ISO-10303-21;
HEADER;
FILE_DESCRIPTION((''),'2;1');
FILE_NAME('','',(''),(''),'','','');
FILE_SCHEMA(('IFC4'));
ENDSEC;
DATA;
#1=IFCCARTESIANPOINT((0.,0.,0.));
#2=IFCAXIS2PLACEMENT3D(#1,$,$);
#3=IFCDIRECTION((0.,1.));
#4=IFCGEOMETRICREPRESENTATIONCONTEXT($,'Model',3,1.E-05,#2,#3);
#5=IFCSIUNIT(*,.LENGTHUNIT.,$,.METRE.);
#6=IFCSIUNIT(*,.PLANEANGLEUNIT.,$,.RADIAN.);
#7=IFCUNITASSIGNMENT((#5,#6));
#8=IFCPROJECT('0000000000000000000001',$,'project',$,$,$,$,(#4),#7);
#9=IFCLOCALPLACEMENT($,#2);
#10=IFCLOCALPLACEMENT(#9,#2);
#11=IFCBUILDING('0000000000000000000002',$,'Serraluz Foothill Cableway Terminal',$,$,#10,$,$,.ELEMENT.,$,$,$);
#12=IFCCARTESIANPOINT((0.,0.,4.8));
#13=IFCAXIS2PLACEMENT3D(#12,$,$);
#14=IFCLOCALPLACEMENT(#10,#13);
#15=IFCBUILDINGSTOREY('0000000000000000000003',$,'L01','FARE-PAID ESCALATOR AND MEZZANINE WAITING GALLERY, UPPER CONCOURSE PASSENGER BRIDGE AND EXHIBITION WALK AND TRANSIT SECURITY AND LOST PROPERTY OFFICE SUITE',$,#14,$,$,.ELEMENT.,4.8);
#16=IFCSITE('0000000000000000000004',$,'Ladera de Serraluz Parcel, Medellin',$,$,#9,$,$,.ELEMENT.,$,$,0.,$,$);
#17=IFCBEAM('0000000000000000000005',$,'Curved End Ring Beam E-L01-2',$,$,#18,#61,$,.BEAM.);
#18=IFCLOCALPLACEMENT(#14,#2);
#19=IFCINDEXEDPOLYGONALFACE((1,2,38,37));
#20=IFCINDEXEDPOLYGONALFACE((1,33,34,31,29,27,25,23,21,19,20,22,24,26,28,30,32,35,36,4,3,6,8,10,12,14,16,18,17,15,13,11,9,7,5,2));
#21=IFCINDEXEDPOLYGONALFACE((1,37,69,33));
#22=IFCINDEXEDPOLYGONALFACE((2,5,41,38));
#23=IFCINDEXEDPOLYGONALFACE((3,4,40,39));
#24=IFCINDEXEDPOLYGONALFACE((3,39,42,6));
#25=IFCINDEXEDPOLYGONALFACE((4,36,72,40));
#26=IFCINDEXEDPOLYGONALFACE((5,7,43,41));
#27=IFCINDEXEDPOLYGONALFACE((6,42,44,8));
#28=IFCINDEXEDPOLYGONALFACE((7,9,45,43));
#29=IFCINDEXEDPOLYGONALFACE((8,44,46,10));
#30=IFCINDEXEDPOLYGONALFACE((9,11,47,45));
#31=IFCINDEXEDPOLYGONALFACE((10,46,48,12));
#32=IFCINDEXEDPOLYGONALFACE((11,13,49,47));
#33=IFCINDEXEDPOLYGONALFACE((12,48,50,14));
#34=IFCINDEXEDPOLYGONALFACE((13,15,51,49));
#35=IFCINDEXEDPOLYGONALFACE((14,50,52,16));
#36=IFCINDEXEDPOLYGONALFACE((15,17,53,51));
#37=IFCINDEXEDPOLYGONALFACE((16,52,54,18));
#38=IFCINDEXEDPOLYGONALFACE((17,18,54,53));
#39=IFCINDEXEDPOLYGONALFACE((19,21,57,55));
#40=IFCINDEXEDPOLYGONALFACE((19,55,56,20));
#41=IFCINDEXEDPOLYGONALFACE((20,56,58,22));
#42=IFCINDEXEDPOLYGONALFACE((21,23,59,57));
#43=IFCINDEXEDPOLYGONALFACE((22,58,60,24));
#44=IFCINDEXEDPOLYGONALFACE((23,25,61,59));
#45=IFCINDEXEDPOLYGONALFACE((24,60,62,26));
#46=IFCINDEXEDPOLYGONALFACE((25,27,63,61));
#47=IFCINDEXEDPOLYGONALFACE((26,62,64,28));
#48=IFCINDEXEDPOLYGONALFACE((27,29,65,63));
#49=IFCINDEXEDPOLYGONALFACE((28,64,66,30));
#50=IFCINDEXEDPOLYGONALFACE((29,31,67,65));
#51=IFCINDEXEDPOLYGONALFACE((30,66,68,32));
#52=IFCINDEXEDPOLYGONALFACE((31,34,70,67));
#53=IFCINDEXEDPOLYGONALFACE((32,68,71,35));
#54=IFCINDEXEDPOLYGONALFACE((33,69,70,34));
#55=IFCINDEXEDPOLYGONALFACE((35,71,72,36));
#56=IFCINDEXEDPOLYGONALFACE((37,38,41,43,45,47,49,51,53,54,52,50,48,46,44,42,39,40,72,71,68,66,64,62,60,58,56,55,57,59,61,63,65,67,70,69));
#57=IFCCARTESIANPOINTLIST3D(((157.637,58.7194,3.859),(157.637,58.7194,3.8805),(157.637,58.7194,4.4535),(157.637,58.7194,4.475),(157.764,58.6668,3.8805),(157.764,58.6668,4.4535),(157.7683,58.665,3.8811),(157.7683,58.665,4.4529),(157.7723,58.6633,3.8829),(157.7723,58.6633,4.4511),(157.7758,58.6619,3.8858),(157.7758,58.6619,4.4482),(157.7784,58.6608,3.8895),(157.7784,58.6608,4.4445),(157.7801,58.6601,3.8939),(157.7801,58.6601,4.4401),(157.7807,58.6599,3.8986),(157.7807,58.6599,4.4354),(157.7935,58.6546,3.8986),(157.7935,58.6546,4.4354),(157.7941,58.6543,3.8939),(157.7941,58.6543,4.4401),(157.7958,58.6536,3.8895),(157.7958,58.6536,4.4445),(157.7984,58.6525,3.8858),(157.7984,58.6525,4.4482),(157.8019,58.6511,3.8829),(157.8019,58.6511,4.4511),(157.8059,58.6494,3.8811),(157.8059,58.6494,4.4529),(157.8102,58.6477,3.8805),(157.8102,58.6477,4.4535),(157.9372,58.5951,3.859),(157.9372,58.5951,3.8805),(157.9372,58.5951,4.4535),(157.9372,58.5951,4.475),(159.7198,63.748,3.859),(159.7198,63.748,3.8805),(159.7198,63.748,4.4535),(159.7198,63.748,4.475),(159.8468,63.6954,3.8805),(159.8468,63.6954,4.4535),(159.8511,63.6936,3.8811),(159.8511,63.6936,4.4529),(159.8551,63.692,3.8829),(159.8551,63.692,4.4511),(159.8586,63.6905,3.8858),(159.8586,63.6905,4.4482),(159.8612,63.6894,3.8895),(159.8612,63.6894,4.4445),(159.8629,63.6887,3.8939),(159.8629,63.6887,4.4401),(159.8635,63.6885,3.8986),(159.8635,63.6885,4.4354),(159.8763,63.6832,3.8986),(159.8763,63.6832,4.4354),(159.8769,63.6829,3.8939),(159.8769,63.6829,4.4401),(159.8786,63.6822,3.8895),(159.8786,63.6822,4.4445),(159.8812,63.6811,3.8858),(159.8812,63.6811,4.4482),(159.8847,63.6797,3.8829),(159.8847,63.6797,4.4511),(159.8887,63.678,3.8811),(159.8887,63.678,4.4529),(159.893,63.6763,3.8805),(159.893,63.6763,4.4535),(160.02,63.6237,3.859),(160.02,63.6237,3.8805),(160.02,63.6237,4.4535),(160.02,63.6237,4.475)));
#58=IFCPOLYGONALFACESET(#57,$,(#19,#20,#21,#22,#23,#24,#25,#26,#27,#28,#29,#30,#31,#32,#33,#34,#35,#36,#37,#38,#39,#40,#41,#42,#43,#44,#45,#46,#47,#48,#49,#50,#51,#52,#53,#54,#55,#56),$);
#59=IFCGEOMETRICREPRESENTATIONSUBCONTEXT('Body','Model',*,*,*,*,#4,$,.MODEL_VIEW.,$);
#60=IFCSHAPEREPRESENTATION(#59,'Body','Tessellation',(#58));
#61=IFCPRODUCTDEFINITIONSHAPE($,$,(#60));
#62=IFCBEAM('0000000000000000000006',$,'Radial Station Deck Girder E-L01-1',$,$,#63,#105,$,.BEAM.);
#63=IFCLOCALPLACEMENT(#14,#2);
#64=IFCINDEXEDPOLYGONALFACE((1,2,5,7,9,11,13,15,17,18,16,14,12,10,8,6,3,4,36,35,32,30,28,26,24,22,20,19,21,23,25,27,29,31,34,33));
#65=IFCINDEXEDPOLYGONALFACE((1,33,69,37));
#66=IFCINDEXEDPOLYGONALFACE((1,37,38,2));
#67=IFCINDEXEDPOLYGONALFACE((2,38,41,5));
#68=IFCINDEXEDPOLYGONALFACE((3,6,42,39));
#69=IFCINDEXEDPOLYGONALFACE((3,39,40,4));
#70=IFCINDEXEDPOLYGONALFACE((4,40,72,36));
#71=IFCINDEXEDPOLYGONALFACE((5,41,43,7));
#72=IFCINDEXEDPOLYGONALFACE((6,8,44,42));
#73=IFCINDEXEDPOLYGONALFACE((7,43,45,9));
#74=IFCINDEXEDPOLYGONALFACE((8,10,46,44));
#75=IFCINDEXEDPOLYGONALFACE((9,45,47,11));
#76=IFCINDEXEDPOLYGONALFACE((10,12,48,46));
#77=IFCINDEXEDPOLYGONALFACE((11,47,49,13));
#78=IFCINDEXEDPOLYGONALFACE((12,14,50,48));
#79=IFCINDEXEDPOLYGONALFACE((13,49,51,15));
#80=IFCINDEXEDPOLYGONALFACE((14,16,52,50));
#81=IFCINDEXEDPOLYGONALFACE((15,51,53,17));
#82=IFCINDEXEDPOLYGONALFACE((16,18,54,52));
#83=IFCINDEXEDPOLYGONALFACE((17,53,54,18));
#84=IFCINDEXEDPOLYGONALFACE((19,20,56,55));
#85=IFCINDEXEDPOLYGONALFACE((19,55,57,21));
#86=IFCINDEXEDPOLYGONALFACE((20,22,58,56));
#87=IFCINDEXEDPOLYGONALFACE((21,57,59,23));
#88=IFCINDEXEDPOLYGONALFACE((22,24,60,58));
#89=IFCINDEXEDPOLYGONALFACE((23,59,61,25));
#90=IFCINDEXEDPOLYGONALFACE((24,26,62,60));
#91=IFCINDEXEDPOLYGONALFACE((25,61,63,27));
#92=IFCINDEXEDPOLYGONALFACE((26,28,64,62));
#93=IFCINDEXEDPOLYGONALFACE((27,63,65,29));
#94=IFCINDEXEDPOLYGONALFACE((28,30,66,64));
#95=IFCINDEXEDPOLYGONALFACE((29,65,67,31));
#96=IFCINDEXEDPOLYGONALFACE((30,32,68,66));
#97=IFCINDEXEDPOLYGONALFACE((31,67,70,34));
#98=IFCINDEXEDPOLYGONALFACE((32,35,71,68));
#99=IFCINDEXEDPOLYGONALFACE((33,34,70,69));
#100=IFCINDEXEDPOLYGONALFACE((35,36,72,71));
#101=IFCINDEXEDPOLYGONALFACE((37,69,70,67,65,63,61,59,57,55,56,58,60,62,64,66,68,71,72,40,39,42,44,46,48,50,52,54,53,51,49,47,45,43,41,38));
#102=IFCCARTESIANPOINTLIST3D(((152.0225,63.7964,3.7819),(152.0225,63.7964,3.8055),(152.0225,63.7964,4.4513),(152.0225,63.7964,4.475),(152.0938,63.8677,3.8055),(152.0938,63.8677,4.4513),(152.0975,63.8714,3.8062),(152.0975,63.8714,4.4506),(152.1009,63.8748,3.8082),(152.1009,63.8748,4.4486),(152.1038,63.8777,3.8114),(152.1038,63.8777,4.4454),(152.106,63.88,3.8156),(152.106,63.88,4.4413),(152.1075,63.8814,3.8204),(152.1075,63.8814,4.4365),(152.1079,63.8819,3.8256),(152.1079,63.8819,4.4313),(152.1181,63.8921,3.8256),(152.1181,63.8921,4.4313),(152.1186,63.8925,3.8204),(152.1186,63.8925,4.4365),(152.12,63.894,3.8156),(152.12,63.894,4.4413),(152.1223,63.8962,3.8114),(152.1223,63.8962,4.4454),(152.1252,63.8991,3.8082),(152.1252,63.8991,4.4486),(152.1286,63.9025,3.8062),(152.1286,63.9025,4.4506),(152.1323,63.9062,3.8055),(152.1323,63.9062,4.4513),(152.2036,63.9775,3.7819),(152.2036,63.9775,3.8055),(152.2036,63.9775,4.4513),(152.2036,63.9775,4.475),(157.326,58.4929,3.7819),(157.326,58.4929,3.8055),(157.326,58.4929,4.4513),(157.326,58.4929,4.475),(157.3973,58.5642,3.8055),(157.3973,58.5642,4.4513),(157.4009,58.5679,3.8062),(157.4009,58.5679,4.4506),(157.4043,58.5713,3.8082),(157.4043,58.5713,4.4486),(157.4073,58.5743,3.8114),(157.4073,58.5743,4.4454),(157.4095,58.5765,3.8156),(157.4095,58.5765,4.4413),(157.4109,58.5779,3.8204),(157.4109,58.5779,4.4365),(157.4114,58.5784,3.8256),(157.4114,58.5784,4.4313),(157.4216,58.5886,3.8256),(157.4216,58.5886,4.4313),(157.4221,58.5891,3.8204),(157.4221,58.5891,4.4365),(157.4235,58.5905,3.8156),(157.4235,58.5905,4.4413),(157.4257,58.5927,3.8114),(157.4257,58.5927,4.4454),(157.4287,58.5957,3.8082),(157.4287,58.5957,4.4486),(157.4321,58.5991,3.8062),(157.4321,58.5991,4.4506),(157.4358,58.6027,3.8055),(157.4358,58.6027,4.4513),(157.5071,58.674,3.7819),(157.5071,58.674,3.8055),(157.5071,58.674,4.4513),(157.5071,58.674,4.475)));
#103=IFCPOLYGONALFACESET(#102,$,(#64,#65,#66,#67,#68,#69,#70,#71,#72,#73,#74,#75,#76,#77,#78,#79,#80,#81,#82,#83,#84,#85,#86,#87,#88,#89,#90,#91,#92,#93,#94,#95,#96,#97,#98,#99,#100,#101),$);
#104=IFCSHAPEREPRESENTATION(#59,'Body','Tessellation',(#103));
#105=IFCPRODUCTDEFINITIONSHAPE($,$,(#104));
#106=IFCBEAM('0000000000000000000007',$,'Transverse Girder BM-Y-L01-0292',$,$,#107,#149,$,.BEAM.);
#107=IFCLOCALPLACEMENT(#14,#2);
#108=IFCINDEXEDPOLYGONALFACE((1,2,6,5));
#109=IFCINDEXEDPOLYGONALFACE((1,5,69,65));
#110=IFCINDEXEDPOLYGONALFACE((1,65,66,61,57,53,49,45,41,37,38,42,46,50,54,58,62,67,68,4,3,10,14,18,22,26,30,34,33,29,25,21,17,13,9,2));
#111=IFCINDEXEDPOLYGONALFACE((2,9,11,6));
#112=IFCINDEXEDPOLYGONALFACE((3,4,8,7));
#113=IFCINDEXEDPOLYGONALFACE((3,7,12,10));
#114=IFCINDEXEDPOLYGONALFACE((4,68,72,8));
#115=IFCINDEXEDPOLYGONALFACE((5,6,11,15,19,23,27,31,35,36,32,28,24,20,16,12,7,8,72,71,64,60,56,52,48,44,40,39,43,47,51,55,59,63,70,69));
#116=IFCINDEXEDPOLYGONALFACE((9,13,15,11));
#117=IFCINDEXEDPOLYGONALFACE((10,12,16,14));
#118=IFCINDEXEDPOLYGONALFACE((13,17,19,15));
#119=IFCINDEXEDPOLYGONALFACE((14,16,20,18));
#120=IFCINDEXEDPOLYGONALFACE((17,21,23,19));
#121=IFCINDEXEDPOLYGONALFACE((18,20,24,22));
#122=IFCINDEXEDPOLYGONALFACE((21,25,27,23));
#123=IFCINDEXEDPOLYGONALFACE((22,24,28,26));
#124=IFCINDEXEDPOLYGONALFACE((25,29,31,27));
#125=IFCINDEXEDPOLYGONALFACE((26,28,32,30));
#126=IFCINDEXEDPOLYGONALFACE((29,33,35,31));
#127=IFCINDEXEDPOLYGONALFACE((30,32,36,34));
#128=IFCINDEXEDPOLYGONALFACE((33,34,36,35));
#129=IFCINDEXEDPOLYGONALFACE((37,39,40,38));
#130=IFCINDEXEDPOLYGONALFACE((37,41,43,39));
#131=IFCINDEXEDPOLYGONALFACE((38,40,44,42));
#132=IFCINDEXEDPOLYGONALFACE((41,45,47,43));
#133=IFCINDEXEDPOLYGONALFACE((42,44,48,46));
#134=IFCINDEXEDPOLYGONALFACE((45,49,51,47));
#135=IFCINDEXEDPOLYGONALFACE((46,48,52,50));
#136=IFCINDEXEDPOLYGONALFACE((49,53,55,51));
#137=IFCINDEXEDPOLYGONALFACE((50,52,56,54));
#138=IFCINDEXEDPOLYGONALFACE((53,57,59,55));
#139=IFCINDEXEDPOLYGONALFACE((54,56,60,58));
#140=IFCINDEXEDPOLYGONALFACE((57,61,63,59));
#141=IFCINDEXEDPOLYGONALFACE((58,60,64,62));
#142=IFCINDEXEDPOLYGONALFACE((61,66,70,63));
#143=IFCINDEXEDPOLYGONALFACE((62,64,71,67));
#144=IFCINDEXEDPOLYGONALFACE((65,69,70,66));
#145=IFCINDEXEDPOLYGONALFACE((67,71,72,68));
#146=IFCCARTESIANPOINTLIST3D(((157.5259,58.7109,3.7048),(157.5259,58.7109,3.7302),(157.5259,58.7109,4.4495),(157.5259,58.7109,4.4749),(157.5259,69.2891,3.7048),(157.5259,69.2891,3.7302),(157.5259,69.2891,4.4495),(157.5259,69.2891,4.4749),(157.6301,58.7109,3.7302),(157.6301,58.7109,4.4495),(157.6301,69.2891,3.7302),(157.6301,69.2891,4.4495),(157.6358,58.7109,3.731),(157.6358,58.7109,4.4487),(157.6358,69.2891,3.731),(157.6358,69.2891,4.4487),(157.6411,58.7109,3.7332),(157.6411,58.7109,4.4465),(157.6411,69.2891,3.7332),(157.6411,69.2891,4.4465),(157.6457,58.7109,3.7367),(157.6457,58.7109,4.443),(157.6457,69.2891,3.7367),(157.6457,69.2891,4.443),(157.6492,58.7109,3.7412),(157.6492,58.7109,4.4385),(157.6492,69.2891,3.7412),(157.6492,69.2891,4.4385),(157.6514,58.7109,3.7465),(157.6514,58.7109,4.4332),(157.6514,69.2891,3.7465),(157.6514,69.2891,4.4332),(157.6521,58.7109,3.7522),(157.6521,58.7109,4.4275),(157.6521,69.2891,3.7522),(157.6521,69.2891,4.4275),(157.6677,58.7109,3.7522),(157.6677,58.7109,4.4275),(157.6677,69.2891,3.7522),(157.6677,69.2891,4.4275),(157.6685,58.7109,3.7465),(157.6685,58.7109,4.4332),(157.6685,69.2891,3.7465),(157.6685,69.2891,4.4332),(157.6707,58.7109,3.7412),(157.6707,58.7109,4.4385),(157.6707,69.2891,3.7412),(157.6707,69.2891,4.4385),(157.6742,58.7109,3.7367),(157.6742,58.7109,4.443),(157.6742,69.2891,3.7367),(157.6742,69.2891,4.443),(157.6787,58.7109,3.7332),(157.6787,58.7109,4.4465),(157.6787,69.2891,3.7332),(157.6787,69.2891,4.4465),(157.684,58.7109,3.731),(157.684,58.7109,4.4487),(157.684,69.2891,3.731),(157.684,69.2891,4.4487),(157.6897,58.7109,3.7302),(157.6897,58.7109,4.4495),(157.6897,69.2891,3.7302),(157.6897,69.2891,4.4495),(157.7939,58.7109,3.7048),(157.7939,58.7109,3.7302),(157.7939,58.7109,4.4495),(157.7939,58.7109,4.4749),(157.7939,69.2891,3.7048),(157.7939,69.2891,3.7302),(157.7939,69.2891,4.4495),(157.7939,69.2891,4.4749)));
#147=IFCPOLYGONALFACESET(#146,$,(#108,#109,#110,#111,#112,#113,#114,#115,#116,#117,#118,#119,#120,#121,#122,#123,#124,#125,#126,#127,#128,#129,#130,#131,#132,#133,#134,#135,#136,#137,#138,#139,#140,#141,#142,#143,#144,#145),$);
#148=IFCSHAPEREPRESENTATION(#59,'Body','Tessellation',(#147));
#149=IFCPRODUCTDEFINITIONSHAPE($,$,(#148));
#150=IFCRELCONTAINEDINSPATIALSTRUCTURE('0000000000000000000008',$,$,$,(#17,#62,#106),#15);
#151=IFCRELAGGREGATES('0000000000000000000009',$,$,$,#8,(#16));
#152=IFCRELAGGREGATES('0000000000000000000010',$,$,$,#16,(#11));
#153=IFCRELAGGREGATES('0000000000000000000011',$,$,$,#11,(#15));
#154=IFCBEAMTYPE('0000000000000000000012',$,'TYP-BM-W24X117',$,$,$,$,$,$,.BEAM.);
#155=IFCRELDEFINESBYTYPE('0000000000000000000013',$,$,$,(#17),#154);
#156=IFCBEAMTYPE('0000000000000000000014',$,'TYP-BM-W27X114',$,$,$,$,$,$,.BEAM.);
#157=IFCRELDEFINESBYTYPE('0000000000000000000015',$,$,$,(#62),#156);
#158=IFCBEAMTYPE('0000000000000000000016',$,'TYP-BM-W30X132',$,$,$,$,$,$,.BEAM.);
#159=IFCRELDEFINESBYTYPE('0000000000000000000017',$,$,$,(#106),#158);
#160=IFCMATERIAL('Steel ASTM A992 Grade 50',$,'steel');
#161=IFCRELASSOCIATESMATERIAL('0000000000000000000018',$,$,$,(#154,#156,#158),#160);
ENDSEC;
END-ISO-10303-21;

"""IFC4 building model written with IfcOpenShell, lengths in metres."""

from ifc_helpers import new_model, si_unit, direction, frame, origin, origin_2d, place, context, subcontext, project, spatial, i_section, extrude, material, material_profile, profile_set, type_object, element, save


model = new_model("IFC4")

# Units and contexts
model_context = context("Model", 3, precision=1e-05, world=origin(), true_north=direction((0.0, 1.0)))
body_context = subcontext(model_context, "Body", "Model", "MODEL_VIEW")
ifc_project = project(units=[si_unit("LENGTHUNIT", "METRE"), si_unit("PLANEANGLEUNIT", "RADIAN")], contexts=[model_context])

# Site, building, storey
site_placement = place(None, origin())
site = spatial("IfcSite", under=ifc_project, at=site_placement, Name="Ladera de Serraluz Parcel, Medellin", CompositionType="ELEMENT", RefElevation=0.0)
building_placement = place(site_placement, origin())
building = spatial("IfcBuilding", under=site, at=building_placement, Name="Serraluz Foothill Cableway Terminal", CompositionType="ELEMENT")
storey_placement = place(building_placement, frame((0.0, 0.0, 4.8)))
storey = spatial("IfcBuildingStorey", under=building, at=storey_placement, Name="L01", Description="FARE-PAID ESCALATOR AND MEZZANINE WAITING GALLERY, UPPER CONCOURSE PASSENGER BRIDGE AND EXHIBITION WALK AND TRANSIT SECURITY AND LOST PROPERTY OFFICE SUITE", CompositionType="ELEMENT", Elevation=4.8)

# Beams
ifc_material_1 = material(Name="Steel ASTM A992 Grade 50", Category="steel")
ifc_material_profile_1 = material_profile(ifc_material_1, i_section(OverallWidth=0.325, OverallDepth=0.616, WebThickness=0.0139, FlangeThickness=0.0215, FilletRadius=0.0181, at=origin_2d()), Name="W24X117")
ifc_profile_set_1 = profile_set([ifc_material_profile_1], Name="Steel ASTM A992 Grade 50")
beam_type_1 = type_object("IfcBeamType", Name="TYP-BM-W24X117", PredefinedType="BEAM", material=ifc_profile_set_1)
for number, where, z_axis, x_axis, name in (
    (1, (157.7871, 58.6572, 4.167), (0.382662, 0.923888, 0.0), (-0.923888, 0.382662, 0.0), "Curved End Ring Beam E-L01-2"),
):
    element("IfcBeam", number, at=place(storey_placement, frame(where, z_axis=z_axis, x_axis=x_axis)), inside=storey, type_object=beam_type_1, Name=name, PredefinedType="BEAM", context=body_context, shape_type="SweptSolid", body=[
        extrude(i_section(OverallWidth=0.325, OverallDepth=0.616, WebThickness=0.0139, FlangeThickness=0.0215, FilletRadius=0.0181, at=origin_2d()), origin(), (0.0, 0.0, 1.0), 5.4429),
    ])
ifc_material_profile_2 = material_profile(ifc_material_1, i_section(OverallWidth=0.2561, OverallDepth=0.6931, WebThickness=0.0144, FlangeThickness=0.0237, FilletRadius=0.02, at=origin_2d()), Name="W27X114")
ifc_profile_set_2 = profile_set([ifc_material_profile_2], Name="Steel ASTM A992 Grade 50")
beam_type_2 = type_object("IfcBeamType", Name="TYP-BM-W27X114", PredefinedType="BEAM", material=ifc_profile_set_2)
beam_1_placement = place(storey_placement, frame((152.113, 63.887, 4.1284), z_axis=(0.707107, -0.707107, 0.0), x_axis=(0.707107, 0.707107, 0.0)))
element("IfcBeam", 2, at=beam_1_placement, inside=storey, type_object=beam_type_2, Name="Radial Station Deck Girder E-L01-1", PredefinedType="BEAM", context=body_context, shape_type="SweptSolid", body=[
    extrude(i_section(OverallWidth=0.2561, OverallDepth=0.6931, WebThickness=0.0144, FlangeThickness=0.0237, FilletRadius=0.02, at=origin_2d()), origin(), (0.0, 0.0, 1.0), 7.5002),
])
ifc_material_profile_3 = material_profile(ifc_material_1, i_section(OverallWidth=0.2681, OverallDepth=0.77, WebThickness=0.0156, FlangeThickness=0.0254, FilletRadius=0.022, at=origin_2d()), Name="W30X132")
ifc_profile_set_3 = profile_set([ifc_material_profile_3], Name="Steel ASTM A992 Grade 50")
beam_type_3 = type_object("IfcBeamType", Name="TYP-BM-W30X132", PredefinedType="BEAM", material=ifc_profile_set_3)
beam_2_placement = place(storey_placement, frame((157.6599, 58.7109, 4.0898), z_axis=(0.0, 1.0, 0.0), x_axis=(-1.0, 0.0, 0.0)))
element("IfcBeam", 3, at=beam_2_placement, inside=storey, type_object=beam_type_3, Name="Transverse Girder BM-Y-L01-0292", PredefinedType="BEAM", context=body_context, shape_type="SweptSolid", body=[
    extrude(i_section(OverallWidth=0.2681, OverallDepth=0.77, WebThickness=0.0156, FlangeThickness=0.0254, FilletRadius=0.022, at=origin_2d()), origin(), (0.0, 0.0, 1.0), 10.5781),
])

save(model, "model.ifc")
